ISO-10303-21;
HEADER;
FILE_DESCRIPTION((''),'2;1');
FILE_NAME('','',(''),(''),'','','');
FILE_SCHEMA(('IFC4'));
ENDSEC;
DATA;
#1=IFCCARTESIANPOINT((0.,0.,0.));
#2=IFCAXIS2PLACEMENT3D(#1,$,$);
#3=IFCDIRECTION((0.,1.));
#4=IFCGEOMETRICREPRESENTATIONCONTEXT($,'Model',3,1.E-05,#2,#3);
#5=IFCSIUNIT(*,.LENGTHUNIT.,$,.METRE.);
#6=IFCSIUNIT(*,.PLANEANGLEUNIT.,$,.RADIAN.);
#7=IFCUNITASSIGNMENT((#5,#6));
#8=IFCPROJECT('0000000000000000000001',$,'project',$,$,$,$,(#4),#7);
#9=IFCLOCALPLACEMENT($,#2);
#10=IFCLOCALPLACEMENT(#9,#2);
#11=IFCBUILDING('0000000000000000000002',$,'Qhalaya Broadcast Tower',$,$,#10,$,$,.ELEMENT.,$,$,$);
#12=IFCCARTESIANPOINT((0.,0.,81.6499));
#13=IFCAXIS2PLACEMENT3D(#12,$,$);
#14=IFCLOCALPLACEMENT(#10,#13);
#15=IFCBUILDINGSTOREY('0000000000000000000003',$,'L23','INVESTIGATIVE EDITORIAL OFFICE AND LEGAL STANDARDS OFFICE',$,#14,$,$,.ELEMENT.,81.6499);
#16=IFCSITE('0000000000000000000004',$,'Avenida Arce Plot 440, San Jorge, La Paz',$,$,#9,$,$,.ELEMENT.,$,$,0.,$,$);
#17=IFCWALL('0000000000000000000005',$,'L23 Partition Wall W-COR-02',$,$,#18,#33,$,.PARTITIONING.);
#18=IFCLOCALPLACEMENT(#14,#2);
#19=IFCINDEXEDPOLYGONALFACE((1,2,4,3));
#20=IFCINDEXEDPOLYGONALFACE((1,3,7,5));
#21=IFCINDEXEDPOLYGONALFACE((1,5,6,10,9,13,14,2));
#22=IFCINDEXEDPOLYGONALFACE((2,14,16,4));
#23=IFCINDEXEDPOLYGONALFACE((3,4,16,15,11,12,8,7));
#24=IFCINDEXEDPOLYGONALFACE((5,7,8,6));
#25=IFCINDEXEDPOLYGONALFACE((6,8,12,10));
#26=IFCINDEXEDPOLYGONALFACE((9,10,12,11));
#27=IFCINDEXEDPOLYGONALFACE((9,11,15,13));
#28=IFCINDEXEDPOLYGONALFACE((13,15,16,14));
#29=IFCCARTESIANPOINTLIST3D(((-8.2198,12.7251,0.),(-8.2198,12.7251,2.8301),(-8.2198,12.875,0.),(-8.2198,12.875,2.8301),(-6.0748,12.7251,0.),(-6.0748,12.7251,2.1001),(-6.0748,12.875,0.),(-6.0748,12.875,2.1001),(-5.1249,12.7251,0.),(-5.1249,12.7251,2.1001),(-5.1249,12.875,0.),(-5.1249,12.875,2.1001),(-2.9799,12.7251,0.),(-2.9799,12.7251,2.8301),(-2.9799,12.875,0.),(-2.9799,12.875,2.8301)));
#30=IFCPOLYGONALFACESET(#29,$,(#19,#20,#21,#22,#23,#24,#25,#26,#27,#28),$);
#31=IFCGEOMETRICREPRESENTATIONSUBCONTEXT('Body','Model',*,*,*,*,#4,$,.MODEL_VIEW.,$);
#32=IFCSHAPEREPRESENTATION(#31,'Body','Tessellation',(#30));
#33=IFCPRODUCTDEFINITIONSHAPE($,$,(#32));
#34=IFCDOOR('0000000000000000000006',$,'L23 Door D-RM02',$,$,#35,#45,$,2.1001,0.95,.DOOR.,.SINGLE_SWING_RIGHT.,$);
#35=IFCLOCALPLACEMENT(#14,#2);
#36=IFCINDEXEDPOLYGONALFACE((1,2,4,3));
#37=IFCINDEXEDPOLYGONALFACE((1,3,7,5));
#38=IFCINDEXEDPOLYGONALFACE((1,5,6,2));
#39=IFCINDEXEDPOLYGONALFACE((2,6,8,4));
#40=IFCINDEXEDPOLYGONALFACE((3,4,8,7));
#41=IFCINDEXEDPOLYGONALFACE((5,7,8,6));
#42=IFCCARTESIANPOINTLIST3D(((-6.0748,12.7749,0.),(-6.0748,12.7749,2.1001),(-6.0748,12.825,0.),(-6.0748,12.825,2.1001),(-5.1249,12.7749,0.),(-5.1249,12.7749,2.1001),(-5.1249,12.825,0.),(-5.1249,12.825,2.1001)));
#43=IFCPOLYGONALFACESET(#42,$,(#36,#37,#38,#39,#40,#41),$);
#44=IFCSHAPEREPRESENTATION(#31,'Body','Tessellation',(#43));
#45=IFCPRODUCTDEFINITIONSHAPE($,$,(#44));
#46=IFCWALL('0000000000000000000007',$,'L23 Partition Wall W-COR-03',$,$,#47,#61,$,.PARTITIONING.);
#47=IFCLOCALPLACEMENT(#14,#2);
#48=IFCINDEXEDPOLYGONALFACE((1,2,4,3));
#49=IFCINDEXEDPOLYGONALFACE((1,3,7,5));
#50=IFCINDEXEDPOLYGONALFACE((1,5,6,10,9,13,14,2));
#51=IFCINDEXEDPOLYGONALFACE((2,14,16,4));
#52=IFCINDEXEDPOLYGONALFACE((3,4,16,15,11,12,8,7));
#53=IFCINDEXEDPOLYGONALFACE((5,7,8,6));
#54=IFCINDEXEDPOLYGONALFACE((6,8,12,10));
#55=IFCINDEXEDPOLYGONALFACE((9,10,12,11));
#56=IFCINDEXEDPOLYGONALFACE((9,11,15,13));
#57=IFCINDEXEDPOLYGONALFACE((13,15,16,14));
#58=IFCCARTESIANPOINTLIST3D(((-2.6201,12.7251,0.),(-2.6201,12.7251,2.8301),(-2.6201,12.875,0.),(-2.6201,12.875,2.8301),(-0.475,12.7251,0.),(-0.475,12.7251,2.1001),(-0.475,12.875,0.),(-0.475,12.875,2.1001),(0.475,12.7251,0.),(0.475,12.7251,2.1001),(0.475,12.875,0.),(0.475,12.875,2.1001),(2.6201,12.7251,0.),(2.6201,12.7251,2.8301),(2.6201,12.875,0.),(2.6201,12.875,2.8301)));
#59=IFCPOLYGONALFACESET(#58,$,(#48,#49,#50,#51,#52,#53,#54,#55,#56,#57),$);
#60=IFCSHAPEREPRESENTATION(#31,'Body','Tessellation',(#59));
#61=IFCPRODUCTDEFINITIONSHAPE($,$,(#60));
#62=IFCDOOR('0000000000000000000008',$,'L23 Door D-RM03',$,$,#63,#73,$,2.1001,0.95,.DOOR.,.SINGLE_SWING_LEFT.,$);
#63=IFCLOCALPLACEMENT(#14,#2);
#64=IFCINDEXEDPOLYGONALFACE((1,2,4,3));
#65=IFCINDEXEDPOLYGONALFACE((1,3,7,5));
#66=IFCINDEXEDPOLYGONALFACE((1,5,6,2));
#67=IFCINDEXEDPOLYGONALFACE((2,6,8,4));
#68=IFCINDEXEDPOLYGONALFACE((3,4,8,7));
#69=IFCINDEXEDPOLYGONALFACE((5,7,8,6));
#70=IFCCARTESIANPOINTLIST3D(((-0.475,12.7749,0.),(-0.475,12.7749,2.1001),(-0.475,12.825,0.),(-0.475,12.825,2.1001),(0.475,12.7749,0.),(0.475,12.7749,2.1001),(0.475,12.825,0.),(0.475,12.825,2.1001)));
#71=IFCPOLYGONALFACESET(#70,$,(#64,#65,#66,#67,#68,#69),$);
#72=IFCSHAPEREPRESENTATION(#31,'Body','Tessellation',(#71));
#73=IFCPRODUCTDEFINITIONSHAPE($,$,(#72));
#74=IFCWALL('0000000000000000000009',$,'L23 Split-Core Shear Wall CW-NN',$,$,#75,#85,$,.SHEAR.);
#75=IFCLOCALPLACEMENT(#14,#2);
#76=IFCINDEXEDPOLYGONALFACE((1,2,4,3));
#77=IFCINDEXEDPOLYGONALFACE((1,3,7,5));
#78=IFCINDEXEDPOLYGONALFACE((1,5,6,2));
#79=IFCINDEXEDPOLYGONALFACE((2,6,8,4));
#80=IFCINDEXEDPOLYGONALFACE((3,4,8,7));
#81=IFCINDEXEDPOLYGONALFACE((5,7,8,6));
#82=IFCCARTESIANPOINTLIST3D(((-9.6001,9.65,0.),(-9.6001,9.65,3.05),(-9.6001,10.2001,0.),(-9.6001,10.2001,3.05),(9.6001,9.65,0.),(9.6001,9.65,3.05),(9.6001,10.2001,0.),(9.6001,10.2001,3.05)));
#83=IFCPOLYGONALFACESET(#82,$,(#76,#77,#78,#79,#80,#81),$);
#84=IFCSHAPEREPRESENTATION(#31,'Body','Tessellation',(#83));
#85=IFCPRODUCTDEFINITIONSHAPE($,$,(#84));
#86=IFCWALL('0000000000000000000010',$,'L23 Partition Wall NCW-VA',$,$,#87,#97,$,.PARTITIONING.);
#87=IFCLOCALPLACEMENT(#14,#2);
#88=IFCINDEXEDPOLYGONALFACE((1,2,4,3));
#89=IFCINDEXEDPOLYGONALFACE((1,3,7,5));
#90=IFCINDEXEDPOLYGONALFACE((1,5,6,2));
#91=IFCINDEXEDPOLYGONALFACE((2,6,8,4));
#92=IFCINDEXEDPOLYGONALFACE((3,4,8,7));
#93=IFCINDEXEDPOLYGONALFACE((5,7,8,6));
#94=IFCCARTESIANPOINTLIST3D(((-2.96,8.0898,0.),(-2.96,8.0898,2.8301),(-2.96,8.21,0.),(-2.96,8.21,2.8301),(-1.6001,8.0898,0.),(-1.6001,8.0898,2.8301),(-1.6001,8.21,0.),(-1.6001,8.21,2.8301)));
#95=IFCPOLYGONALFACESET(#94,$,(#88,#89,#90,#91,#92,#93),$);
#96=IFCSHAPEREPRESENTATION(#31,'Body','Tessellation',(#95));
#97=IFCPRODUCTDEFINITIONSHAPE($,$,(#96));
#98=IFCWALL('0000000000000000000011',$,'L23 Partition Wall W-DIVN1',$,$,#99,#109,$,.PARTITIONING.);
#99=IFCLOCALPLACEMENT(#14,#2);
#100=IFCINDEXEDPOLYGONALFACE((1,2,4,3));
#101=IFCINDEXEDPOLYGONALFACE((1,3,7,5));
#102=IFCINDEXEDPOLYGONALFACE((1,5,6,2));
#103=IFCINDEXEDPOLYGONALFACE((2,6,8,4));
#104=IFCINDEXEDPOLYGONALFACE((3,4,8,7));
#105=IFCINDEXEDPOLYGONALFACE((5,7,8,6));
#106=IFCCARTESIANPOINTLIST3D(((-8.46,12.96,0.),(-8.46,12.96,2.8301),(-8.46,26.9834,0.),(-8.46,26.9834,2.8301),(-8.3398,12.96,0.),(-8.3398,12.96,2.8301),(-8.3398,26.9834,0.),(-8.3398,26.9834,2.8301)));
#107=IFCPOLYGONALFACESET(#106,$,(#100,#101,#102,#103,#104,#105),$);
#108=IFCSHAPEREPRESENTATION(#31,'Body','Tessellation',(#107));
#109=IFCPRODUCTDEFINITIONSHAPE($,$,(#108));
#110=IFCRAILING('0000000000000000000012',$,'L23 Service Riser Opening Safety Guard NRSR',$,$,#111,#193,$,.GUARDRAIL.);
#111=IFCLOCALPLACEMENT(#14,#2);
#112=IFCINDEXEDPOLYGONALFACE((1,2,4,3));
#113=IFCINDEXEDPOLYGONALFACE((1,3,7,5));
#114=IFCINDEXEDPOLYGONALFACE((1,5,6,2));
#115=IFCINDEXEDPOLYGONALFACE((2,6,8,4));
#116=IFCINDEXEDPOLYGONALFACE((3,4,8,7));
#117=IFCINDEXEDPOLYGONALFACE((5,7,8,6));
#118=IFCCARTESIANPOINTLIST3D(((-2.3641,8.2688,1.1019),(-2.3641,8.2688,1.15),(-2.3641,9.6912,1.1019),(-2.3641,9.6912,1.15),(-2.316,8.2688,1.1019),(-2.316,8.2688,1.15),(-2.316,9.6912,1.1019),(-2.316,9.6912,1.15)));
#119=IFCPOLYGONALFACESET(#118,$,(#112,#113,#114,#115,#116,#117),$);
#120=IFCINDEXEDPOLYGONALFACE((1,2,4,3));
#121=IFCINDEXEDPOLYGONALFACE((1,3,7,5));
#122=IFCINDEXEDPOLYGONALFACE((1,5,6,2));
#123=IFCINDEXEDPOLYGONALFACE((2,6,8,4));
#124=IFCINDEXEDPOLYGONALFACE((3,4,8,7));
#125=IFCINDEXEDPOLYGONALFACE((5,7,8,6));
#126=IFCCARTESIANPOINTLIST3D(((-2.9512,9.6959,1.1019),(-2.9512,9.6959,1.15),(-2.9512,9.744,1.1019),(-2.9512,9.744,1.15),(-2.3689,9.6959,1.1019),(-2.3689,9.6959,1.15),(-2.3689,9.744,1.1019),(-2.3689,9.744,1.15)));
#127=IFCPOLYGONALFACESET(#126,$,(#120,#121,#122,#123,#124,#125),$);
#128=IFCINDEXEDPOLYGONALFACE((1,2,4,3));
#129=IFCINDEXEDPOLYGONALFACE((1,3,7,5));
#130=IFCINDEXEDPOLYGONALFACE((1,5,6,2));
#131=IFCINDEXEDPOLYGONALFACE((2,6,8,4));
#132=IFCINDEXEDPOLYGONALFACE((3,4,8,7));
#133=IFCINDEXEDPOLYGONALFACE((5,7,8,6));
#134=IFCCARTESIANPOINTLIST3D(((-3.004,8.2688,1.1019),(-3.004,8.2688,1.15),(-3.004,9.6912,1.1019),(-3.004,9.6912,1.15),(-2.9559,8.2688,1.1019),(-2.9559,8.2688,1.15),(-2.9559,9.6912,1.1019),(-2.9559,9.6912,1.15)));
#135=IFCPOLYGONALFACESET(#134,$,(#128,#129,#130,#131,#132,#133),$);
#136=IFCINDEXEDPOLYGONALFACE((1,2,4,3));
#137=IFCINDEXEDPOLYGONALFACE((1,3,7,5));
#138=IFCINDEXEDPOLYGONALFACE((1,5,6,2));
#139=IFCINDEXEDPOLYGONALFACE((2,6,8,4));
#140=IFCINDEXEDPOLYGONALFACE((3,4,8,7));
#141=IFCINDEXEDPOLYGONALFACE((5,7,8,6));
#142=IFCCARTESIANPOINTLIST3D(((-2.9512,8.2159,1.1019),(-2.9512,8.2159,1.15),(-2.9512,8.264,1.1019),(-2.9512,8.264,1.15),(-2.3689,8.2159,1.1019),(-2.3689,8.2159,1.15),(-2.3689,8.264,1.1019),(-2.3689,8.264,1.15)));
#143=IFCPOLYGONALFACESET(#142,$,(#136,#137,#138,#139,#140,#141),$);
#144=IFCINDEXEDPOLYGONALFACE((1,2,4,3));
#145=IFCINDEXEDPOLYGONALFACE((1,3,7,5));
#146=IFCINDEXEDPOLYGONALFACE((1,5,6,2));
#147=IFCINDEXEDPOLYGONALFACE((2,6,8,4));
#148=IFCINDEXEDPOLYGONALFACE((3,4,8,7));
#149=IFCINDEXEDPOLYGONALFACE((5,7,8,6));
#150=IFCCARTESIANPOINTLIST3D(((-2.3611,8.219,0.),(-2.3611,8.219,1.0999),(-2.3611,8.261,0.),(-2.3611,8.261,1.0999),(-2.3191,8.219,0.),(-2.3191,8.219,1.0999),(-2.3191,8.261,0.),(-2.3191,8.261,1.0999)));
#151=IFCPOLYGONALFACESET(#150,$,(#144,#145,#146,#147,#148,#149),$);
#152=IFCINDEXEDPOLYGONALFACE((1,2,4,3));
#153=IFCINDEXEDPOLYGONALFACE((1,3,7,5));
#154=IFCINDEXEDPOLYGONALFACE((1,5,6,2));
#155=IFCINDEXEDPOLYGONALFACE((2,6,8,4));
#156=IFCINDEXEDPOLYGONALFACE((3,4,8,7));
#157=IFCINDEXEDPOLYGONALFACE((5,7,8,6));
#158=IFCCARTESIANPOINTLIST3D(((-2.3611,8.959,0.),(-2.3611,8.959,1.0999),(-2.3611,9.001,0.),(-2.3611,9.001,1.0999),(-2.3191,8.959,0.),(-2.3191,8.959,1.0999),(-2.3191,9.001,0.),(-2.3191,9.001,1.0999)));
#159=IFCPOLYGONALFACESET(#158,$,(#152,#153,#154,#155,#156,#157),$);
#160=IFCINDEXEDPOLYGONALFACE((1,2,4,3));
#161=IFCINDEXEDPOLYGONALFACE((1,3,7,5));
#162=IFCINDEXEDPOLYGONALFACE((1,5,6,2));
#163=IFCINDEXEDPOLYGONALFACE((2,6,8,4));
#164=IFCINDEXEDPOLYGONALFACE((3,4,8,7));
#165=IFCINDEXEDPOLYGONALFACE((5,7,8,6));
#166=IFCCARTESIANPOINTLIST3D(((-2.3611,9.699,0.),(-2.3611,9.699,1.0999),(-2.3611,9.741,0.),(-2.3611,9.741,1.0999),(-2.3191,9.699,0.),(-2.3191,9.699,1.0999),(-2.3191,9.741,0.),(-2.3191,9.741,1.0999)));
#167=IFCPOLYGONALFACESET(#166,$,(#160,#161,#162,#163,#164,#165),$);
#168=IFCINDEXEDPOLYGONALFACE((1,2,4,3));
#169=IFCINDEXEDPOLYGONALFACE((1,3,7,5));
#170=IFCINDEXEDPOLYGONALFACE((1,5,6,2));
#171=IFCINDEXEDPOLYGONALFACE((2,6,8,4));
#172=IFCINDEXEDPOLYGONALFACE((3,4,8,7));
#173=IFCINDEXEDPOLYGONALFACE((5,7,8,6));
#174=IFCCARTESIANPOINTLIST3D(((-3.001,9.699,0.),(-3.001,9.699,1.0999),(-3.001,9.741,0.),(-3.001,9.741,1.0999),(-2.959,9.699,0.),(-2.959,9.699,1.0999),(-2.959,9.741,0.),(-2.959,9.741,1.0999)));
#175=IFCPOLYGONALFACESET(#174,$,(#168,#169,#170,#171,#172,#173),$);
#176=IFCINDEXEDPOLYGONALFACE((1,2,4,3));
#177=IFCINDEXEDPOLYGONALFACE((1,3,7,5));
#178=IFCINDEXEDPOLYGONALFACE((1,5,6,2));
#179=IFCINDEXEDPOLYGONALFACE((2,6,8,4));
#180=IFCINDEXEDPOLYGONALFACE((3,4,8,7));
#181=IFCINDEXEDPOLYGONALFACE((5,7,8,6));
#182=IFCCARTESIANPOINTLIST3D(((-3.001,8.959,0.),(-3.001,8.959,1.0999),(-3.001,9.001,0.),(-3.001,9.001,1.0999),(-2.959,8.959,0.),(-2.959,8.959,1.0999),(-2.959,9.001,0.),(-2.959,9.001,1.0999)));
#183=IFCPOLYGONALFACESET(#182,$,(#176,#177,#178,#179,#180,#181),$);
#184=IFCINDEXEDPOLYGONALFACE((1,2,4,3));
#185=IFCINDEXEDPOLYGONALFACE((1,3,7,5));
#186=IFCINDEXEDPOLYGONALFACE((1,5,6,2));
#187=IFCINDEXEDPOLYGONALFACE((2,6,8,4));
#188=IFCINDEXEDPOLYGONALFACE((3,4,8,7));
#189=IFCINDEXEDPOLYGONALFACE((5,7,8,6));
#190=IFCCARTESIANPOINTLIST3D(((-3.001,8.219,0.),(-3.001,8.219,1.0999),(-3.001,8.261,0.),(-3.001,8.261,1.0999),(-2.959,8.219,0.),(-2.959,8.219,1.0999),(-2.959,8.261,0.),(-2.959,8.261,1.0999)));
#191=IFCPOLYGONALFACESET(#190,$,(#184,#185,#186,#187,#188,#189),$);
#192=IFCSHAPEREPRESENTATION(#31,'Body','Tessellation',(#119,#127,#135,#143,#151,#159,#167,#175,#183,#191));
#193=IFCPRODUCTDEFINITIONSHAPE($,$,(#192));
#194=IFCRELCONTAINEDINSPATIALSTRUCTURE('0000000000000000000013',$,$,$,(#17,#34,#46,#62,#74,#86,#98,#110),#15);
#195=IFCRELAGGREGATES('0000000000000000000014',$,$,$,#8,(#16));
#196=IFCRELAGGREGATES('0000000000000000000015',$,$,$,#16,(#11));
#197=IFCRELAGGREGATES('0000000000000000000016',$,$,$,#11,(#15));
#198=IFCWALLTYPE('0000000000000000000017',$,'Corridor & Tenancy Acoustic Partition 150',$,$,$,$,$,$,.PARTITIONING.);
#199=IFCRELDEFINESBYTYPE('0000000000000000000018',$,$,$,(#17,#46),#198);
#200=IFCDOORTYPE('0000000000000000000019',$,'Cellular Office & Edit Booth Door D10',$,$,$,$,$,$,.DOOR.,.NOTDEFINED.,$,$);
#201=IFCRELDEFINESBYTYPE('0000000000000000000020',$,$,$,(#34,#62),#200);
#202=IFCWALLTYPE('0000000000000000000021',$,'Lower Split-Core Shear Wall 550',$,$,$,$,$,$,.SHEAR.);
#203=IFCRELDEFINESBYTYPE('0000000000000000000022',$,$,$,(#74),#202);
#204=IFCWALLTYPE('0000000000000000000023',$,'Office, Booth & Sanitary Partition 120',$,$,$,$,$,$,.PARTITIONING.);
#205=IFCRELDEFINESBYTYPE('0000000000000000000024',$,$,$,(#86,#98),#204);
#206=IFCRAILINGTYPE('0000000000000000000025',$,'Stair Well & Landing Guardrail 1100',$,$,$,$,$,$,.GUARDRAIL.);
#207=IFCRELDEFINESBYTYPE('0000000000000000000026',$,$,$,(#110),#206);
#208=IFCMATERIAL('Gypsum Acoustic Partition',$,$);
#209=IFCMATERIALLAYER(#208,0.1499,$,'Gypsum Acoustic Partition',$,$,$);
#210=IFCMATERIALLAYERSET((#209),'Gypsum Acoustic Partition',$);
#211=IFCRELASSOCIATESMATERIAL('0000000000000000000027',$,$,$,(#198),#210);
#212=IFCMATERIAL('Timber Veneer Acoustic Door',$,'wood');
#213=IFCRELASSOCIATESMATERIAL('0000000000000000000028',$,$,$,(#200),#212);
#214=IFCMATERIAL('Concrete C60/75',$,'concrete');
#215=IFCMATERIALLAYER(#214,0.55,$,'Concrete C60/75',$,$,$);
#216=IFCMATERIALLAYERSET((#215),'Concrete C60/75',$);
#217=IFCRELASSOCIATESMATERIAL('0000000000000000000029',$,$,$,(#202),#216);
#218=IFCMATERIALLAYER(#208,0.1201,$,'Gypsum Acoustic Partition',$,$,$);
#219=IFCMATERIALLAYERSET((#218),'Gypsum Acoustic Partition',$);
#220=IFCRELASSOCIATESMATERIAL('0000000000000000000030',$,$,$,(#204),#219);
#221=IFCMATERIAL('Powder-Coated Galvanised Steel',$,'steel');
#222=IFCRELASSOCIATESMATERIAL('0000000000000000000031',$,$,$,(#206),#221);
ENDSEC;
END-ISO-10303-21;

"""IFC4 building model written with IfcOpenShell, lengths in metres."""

from ifc_helpers import new_model, si_unit, direction, frame, frame_2d, origin, origin_2d, place, context, subcontext, project, spatial, rectangle, extrude, material, layer, layer_set, type_object, element, fill, save


model = new_model("IFC4")

# Units and contexts
model_context = context("Model", 3, precision=1e-05, world=origin(), true_north=direction((0.0, 1.0)))
body_context = subcontext(model_context, "Body", "Model", "MODEL_VIEW")
ifc_project = project(units=[si_unit("LENGTHUNIT", "METRE"), si_unit("PLANEANGLEUNIT", "RADIAN")], contexts=[model_context])

# Site, building, storey
site_placement = place(None, origin())
site = spatial("IfcSite", under=ifc_project, at=site_placement, Name="Avenida Arce Plot 440, San Jorge, La Paz", CompositionType="ELEMENT", RefElevation=0.0)
building_placement = place(site_placement, origin())
building = spatial("IfcBuilding", under=site, at=building_placement, Name="Qhalaya Broadcast Tower", CompositionType="ELEMENT")
storey_placement = place(building_placement, frame((0.0, 0.0, 81.6499)))
storey = spatial("IfcBuildingStorey", under=building, at=storey_placement, Name="L23", Description="INVESTIGATIVE EDITORIAL OFFICE AND LEGAL STANDARDS OFFICE", CompositionType="ELEMENT", Elevation=81.6499)

# Walls, openings, doors
ifc_material_1 = material(Name="Gypsum Acoustic Partition")
ifc_layer_1 = layer(ifc_material_1, 0.1499, Name="Gypsum Acoustic Partition")
ifc_layer_set_1 = layer_set([ifc_layer_1], Name="Gypsum Acoustic Partition")
wall_type_1 = type_object("IfcWallType", Name="Corridor & Tenancy Acoustic Partition 150", PredefinedType="PARTITIONING", material=ifc_layer_set_1)
ifc_material_2 = material(Name="Timber Veneer Acoustic Door", Category="wood")
door_type = type_object("IfcDoorType", Name="Cellular Office & Edit Booth Door D10", OperationType="NOTDEFINED", PredefinedType="DOOR", material=ifc_material_2)
wall_1_placement = place(storey_placement, frame((-8.22, 12.8, 0.0), z_axis=(0.0, 0.0, 1.0), x_axis=(1.0, 0.0, 0.0)))
wall_1 = element("IfcWall", 1, at=wall_1_placement, inside=storey, type_object=wall_type_1, Name="L23 Partition Wall W-COR-02", PredefinedType="PARTITIONING", context=body_context, shape_type="SweptSolid", body=[
    extrude(rectangle(XDim=5.24, YDim=0.1499, at=frame_2d((2.6201, 0.0))), origin(), (0.0, 0.0, 1.0), 2.8301),
])
opening_1_placement = place(wall_1_placement, frame((2.145, 0.0, 0.0)))
opening_1 = element("IfcOpeningElement", 2, at=opening_1_placement, cuts=wall_1, PredefinedType="OPENING", context=body_context, shape_type="SweptSolid", body=[
    extrude(rectangle(XDim=0.95, YDim=2.1001, at=frame_2d((0.4751, 1.05))), frame((0.0, 0.0869, 0.0), z_axis=(0.0, -1.0, 0.0), x_axis=(1.0, 0.0, 0.0)), (0.0, 0.0, 1.0), 0.1738),
])
door_1_placement = place(opening_1_placement, origin())
door_1 = element("IfcDoor", 3, at=door_1_placement, inside=storey, type_object=door_type, Name="L23 Door D-RM02", OperationType="SINGLE_SWING_RIGHT", OverallHeight=2.1001, OverallWidth=0.95, PredefinedType="DOOR", context=body_context, shape_type="SweptSolid", body=[
    extrude(rectangle(XDim=0.95, YDim=2.1001, at=frame_2d((0.4751, 1.05))), frame((0.0, 0.0249, 0.0), z_axis=(0.0, -1.0, 0.0), x_axis=(1.0, 0.0, 0.0)), (0.0, 0.0, 1.0), 0.05),
])
fill(opening_1, door_1)
wall_2_placement = place(storey_placement, frame((-2.6201, 12.8, 0.0), z_axis=(0.0, 0.0, 1.0), x_axis=(1.0, 0.0, 0.0)))
wall_2 = element("IfcWall", 4, at=wall_2_placement, inside=storey, type_object=wall_type_1, Name="L23 Partition Wall W-COR-03", PredefinedType="PARTITIONING", context=body_context, shape_type="SweptSolid", body=[
    extrude(rectangle(XDim=5.2402, YDim=0.1499, at=frame_2d((2.6201, 0.0))), origin(), (0.0, 0.0, 1.0), 2.8301),
])
opening_2_placement = place(wall_2_placement, frame((2.145, 0.0, 0.0)))
opening_2 = element("IfcOpeningElement", 5, at=opening_2_placement, cuts=wall_2, PredefinedType="OPENING", context=body_context, shape_type="SweptSolid", body=[
    extrude(rectangle(XDim=0.95, YDim=2.1001, at=frame_2d((0.4751, 1.05))), frame((0.0, 0.0869, 0.0), z_axis=(0.0, -1.0, 0.0), x_axis=(1.0, 0.0, 0.0)), (0.0, 0.0, 1.0), 0.1738),
])
door_2_placement = place(opening_2_placement, origin())
door_2 = element("IfcDoor", 6, at=door_2_placement, inside=storey, type_object=door_type, Name="L23 Door D-RM03", OperationType="SINGLE_SWING_LEFT", OverallHeight=2.1001, OverallWidth=0.95, PredefinedType="DOOR", context=body_context, shape_type="SweptSolid", body=[
    extrude(rectangle(XDim=0.95, YDim=2.1001, at=frame_2d((0.4751, 1.05))), frame((0.0, 0.0249, 0.0), z_axis=(0.0, -1.0, 0.0), x_axis=(1.0, 0.0, 0.0)), (0.0, 0.0, 1.0), 0.05),
])
fill(opening_2, door_2)

# Walls
ifc_material_3 = material(Name="Concrete C60/75", Category="concrete")
ifc_layer_2 = layer(ifc_material_3, 0.55, Name="Concrete C60/75")
ifc_layer_set_2 = layer_set([ifc_layer_2], Name="Concrete C60/75")
wall_type_2 = type_object("IfcWallType", Name="Lower Split-Core Shear Wall 550", PredefinedType="SHEAR", material=ifc_layer_set_2)
wall_3_placement = place(storey_placement, frame((-9.6001, 9.925, 0.0), z_axis=(0.0, 0.0, 1.0), x_axis=(1.0, 0.0, 0.0)))
element("IfcWall", 7, at=wall_3_placement, inside=storey, type_object=wall_type_2, Name="L23 Split-Core Shear Wall CW-NN", PredefinedType="SHEAR", context=body_context, shape_type="SweptSolid", body=[
    extrude(rectangle(XDim=19.2002, YDim=0.55, at=frame_2d((9.6001, 0.0))), origin(), (0.0, 0.0, 1.0), 3.05),
])
ifc_layer_3 = layer(ifc_material_1, 0.1201, Name="Gypsum Acoustic Partition")
ifc_layer_set_3 = layer_set([ifc_layer_3], Name="Gypsum Acoustic Partition")
wall_type_3 = type_object("IfcWallType", Name="Office, Booth & Sanitary Partition 120", PredefinedType="PARTITIONING", material=ifc_layer_set_3)
wall_4_placement = place(storey_placement, frame((-2.96, 8.1499, 0.0), z_axis=(0.0, 0.0, 1.0), x_axis=(1.0, 0.0, 0.0)))
element("IfcWall", 8, at=wall_4_placement, inside=storey, type_object=wall_type_3, Name="L23 Partition Wall NCW-VA", PredefinedType="PARTITIONING", context=body_context, shape_type="SweptSolid", body=[
    extrude(rectangle(XDim=1.3599, YDim=0.1201, at=frame_2d((0.6799, 0.0))), origin(), (0.0, 0.0, 1.0), 2.8301),
])
wall_5_placement = place(storey_placement, frame((-8.3999, 12.96, 0.0), z_axis=(0.0, 0.0, 1.0), x_axis=(0.0, 1.0, 0.0)))
element("IfcWall", 9, at=wall_5_placement, inside=storey, type_object=wall_type_3, Name="L23 Partition Wall W-DIVN1", PredefinedType="PARTITIONING", context=body_context, shape_type="SweptSolid", body=[
    extrude(rectangle(XDim=14.0234, YDim=0.1201, at=frame_2d((7.0117, 0.0))), origin(), (0.0, 0.0, 1.0), 2.8301),
])

# Railing
ifc_material_4 = material(Name="Powder-Coated Galvanised Steel", Category="steel")
railing_type = type_object("IfcRailingType", Name="Stair Well & Landing Guardrail 1100", PredefinedType="GUARDRAIL", material=ifc_material_4)
railing_placement = place(storey_placement, frame((-2.3401, 8.24, 0.0)))
element("IfcRailing", 10, at=railing_placement, inside=storey, type_object=railing_type, Name="L23 Service Riser Opening Safety Guard NRSR", PredefinedType="GUARDRAIL", context=body_context, shape_type="SweptSolid", body=[
    extrude(rectangle(XDim=0.0481, YDim=0.0481, at=origin_2d()), frame((0.0, 0.0288, 1.126), z_axis=(0.0, 1.0, 0.0), x_axis=(-1.0, 0.0, 0.0)), (0.0, 0.0, 1.0), 1.4224),
    extrude(rectangle(XDim=0.0481, YDim=0.0481, at=origin_2d()), frame((-0.0288, 1.48, 1.126), z_axis=(-1.0, 0.0, 0.0), x_axis=(0.0, -1.0, 0.0)), (0.0, 0.0, 1.0), 0.5823),
    extrude(rectangle(XDim=0.0481, YDim=0.0481, at=origin_2d()), frame((-0.6399, 1.4512, 1.126), z_axis=(0.0, -1.0, 0.0), x_axis=(1.0, 0.0, 0.0)), (0.0, 0.0, 1.0), 1.4224),
    extrude(rectangle(XDim=0.0481, YDim=0.0481, at=origin_2d()), frame((-0.6111, 0.0, 1.126), z_axis=(1.0, 0.0, 0.0), x_axis=(0.0, 1.0, 0.0)), (0.0, 0.0, 1.0), 0.5823),
    extrude(rectangle(XDim=0.042, YDim=0.042, at=origin_2d()), origin(), (0.0, 0.0, 1.0), 1.0999),
    extrude(rectangle(XDim=0.042, YDim=0.042, at=origin_2d()), frame((0.0, 0.74, 0.0)), (0.0, 0.0, 1.0), 1.0999),
    extrude(rectangle(XDim=0.042, YDim=0.042, at=origin_2d()), frame((0.0, 1.48, 0.0)), (0.0, 0.0, 1.0), 1.0999),
    extrude(rectangle(XDim=0.042, YDim=0.042, at=origin_2d()), frame((-0.6399, 1.48, 0.0)), (0.0, 0.0, 1.0), 1.0999),
    extrude(rectangle(XDim=0.042, YDim=0.042, at=origin_2d()), frame((-0.6399, 0.74, 0.0)), (0.0, 0.0, 1.0), 1.0999),
    extrude(rectangle(XDim=0.042, YDim=0.042, at=origin_2d()), frame((-0.6399, 0.0, 0.0)), (0.0, 0.0, 1.0), 1.0999),
])

save(model, "model.ifc")
